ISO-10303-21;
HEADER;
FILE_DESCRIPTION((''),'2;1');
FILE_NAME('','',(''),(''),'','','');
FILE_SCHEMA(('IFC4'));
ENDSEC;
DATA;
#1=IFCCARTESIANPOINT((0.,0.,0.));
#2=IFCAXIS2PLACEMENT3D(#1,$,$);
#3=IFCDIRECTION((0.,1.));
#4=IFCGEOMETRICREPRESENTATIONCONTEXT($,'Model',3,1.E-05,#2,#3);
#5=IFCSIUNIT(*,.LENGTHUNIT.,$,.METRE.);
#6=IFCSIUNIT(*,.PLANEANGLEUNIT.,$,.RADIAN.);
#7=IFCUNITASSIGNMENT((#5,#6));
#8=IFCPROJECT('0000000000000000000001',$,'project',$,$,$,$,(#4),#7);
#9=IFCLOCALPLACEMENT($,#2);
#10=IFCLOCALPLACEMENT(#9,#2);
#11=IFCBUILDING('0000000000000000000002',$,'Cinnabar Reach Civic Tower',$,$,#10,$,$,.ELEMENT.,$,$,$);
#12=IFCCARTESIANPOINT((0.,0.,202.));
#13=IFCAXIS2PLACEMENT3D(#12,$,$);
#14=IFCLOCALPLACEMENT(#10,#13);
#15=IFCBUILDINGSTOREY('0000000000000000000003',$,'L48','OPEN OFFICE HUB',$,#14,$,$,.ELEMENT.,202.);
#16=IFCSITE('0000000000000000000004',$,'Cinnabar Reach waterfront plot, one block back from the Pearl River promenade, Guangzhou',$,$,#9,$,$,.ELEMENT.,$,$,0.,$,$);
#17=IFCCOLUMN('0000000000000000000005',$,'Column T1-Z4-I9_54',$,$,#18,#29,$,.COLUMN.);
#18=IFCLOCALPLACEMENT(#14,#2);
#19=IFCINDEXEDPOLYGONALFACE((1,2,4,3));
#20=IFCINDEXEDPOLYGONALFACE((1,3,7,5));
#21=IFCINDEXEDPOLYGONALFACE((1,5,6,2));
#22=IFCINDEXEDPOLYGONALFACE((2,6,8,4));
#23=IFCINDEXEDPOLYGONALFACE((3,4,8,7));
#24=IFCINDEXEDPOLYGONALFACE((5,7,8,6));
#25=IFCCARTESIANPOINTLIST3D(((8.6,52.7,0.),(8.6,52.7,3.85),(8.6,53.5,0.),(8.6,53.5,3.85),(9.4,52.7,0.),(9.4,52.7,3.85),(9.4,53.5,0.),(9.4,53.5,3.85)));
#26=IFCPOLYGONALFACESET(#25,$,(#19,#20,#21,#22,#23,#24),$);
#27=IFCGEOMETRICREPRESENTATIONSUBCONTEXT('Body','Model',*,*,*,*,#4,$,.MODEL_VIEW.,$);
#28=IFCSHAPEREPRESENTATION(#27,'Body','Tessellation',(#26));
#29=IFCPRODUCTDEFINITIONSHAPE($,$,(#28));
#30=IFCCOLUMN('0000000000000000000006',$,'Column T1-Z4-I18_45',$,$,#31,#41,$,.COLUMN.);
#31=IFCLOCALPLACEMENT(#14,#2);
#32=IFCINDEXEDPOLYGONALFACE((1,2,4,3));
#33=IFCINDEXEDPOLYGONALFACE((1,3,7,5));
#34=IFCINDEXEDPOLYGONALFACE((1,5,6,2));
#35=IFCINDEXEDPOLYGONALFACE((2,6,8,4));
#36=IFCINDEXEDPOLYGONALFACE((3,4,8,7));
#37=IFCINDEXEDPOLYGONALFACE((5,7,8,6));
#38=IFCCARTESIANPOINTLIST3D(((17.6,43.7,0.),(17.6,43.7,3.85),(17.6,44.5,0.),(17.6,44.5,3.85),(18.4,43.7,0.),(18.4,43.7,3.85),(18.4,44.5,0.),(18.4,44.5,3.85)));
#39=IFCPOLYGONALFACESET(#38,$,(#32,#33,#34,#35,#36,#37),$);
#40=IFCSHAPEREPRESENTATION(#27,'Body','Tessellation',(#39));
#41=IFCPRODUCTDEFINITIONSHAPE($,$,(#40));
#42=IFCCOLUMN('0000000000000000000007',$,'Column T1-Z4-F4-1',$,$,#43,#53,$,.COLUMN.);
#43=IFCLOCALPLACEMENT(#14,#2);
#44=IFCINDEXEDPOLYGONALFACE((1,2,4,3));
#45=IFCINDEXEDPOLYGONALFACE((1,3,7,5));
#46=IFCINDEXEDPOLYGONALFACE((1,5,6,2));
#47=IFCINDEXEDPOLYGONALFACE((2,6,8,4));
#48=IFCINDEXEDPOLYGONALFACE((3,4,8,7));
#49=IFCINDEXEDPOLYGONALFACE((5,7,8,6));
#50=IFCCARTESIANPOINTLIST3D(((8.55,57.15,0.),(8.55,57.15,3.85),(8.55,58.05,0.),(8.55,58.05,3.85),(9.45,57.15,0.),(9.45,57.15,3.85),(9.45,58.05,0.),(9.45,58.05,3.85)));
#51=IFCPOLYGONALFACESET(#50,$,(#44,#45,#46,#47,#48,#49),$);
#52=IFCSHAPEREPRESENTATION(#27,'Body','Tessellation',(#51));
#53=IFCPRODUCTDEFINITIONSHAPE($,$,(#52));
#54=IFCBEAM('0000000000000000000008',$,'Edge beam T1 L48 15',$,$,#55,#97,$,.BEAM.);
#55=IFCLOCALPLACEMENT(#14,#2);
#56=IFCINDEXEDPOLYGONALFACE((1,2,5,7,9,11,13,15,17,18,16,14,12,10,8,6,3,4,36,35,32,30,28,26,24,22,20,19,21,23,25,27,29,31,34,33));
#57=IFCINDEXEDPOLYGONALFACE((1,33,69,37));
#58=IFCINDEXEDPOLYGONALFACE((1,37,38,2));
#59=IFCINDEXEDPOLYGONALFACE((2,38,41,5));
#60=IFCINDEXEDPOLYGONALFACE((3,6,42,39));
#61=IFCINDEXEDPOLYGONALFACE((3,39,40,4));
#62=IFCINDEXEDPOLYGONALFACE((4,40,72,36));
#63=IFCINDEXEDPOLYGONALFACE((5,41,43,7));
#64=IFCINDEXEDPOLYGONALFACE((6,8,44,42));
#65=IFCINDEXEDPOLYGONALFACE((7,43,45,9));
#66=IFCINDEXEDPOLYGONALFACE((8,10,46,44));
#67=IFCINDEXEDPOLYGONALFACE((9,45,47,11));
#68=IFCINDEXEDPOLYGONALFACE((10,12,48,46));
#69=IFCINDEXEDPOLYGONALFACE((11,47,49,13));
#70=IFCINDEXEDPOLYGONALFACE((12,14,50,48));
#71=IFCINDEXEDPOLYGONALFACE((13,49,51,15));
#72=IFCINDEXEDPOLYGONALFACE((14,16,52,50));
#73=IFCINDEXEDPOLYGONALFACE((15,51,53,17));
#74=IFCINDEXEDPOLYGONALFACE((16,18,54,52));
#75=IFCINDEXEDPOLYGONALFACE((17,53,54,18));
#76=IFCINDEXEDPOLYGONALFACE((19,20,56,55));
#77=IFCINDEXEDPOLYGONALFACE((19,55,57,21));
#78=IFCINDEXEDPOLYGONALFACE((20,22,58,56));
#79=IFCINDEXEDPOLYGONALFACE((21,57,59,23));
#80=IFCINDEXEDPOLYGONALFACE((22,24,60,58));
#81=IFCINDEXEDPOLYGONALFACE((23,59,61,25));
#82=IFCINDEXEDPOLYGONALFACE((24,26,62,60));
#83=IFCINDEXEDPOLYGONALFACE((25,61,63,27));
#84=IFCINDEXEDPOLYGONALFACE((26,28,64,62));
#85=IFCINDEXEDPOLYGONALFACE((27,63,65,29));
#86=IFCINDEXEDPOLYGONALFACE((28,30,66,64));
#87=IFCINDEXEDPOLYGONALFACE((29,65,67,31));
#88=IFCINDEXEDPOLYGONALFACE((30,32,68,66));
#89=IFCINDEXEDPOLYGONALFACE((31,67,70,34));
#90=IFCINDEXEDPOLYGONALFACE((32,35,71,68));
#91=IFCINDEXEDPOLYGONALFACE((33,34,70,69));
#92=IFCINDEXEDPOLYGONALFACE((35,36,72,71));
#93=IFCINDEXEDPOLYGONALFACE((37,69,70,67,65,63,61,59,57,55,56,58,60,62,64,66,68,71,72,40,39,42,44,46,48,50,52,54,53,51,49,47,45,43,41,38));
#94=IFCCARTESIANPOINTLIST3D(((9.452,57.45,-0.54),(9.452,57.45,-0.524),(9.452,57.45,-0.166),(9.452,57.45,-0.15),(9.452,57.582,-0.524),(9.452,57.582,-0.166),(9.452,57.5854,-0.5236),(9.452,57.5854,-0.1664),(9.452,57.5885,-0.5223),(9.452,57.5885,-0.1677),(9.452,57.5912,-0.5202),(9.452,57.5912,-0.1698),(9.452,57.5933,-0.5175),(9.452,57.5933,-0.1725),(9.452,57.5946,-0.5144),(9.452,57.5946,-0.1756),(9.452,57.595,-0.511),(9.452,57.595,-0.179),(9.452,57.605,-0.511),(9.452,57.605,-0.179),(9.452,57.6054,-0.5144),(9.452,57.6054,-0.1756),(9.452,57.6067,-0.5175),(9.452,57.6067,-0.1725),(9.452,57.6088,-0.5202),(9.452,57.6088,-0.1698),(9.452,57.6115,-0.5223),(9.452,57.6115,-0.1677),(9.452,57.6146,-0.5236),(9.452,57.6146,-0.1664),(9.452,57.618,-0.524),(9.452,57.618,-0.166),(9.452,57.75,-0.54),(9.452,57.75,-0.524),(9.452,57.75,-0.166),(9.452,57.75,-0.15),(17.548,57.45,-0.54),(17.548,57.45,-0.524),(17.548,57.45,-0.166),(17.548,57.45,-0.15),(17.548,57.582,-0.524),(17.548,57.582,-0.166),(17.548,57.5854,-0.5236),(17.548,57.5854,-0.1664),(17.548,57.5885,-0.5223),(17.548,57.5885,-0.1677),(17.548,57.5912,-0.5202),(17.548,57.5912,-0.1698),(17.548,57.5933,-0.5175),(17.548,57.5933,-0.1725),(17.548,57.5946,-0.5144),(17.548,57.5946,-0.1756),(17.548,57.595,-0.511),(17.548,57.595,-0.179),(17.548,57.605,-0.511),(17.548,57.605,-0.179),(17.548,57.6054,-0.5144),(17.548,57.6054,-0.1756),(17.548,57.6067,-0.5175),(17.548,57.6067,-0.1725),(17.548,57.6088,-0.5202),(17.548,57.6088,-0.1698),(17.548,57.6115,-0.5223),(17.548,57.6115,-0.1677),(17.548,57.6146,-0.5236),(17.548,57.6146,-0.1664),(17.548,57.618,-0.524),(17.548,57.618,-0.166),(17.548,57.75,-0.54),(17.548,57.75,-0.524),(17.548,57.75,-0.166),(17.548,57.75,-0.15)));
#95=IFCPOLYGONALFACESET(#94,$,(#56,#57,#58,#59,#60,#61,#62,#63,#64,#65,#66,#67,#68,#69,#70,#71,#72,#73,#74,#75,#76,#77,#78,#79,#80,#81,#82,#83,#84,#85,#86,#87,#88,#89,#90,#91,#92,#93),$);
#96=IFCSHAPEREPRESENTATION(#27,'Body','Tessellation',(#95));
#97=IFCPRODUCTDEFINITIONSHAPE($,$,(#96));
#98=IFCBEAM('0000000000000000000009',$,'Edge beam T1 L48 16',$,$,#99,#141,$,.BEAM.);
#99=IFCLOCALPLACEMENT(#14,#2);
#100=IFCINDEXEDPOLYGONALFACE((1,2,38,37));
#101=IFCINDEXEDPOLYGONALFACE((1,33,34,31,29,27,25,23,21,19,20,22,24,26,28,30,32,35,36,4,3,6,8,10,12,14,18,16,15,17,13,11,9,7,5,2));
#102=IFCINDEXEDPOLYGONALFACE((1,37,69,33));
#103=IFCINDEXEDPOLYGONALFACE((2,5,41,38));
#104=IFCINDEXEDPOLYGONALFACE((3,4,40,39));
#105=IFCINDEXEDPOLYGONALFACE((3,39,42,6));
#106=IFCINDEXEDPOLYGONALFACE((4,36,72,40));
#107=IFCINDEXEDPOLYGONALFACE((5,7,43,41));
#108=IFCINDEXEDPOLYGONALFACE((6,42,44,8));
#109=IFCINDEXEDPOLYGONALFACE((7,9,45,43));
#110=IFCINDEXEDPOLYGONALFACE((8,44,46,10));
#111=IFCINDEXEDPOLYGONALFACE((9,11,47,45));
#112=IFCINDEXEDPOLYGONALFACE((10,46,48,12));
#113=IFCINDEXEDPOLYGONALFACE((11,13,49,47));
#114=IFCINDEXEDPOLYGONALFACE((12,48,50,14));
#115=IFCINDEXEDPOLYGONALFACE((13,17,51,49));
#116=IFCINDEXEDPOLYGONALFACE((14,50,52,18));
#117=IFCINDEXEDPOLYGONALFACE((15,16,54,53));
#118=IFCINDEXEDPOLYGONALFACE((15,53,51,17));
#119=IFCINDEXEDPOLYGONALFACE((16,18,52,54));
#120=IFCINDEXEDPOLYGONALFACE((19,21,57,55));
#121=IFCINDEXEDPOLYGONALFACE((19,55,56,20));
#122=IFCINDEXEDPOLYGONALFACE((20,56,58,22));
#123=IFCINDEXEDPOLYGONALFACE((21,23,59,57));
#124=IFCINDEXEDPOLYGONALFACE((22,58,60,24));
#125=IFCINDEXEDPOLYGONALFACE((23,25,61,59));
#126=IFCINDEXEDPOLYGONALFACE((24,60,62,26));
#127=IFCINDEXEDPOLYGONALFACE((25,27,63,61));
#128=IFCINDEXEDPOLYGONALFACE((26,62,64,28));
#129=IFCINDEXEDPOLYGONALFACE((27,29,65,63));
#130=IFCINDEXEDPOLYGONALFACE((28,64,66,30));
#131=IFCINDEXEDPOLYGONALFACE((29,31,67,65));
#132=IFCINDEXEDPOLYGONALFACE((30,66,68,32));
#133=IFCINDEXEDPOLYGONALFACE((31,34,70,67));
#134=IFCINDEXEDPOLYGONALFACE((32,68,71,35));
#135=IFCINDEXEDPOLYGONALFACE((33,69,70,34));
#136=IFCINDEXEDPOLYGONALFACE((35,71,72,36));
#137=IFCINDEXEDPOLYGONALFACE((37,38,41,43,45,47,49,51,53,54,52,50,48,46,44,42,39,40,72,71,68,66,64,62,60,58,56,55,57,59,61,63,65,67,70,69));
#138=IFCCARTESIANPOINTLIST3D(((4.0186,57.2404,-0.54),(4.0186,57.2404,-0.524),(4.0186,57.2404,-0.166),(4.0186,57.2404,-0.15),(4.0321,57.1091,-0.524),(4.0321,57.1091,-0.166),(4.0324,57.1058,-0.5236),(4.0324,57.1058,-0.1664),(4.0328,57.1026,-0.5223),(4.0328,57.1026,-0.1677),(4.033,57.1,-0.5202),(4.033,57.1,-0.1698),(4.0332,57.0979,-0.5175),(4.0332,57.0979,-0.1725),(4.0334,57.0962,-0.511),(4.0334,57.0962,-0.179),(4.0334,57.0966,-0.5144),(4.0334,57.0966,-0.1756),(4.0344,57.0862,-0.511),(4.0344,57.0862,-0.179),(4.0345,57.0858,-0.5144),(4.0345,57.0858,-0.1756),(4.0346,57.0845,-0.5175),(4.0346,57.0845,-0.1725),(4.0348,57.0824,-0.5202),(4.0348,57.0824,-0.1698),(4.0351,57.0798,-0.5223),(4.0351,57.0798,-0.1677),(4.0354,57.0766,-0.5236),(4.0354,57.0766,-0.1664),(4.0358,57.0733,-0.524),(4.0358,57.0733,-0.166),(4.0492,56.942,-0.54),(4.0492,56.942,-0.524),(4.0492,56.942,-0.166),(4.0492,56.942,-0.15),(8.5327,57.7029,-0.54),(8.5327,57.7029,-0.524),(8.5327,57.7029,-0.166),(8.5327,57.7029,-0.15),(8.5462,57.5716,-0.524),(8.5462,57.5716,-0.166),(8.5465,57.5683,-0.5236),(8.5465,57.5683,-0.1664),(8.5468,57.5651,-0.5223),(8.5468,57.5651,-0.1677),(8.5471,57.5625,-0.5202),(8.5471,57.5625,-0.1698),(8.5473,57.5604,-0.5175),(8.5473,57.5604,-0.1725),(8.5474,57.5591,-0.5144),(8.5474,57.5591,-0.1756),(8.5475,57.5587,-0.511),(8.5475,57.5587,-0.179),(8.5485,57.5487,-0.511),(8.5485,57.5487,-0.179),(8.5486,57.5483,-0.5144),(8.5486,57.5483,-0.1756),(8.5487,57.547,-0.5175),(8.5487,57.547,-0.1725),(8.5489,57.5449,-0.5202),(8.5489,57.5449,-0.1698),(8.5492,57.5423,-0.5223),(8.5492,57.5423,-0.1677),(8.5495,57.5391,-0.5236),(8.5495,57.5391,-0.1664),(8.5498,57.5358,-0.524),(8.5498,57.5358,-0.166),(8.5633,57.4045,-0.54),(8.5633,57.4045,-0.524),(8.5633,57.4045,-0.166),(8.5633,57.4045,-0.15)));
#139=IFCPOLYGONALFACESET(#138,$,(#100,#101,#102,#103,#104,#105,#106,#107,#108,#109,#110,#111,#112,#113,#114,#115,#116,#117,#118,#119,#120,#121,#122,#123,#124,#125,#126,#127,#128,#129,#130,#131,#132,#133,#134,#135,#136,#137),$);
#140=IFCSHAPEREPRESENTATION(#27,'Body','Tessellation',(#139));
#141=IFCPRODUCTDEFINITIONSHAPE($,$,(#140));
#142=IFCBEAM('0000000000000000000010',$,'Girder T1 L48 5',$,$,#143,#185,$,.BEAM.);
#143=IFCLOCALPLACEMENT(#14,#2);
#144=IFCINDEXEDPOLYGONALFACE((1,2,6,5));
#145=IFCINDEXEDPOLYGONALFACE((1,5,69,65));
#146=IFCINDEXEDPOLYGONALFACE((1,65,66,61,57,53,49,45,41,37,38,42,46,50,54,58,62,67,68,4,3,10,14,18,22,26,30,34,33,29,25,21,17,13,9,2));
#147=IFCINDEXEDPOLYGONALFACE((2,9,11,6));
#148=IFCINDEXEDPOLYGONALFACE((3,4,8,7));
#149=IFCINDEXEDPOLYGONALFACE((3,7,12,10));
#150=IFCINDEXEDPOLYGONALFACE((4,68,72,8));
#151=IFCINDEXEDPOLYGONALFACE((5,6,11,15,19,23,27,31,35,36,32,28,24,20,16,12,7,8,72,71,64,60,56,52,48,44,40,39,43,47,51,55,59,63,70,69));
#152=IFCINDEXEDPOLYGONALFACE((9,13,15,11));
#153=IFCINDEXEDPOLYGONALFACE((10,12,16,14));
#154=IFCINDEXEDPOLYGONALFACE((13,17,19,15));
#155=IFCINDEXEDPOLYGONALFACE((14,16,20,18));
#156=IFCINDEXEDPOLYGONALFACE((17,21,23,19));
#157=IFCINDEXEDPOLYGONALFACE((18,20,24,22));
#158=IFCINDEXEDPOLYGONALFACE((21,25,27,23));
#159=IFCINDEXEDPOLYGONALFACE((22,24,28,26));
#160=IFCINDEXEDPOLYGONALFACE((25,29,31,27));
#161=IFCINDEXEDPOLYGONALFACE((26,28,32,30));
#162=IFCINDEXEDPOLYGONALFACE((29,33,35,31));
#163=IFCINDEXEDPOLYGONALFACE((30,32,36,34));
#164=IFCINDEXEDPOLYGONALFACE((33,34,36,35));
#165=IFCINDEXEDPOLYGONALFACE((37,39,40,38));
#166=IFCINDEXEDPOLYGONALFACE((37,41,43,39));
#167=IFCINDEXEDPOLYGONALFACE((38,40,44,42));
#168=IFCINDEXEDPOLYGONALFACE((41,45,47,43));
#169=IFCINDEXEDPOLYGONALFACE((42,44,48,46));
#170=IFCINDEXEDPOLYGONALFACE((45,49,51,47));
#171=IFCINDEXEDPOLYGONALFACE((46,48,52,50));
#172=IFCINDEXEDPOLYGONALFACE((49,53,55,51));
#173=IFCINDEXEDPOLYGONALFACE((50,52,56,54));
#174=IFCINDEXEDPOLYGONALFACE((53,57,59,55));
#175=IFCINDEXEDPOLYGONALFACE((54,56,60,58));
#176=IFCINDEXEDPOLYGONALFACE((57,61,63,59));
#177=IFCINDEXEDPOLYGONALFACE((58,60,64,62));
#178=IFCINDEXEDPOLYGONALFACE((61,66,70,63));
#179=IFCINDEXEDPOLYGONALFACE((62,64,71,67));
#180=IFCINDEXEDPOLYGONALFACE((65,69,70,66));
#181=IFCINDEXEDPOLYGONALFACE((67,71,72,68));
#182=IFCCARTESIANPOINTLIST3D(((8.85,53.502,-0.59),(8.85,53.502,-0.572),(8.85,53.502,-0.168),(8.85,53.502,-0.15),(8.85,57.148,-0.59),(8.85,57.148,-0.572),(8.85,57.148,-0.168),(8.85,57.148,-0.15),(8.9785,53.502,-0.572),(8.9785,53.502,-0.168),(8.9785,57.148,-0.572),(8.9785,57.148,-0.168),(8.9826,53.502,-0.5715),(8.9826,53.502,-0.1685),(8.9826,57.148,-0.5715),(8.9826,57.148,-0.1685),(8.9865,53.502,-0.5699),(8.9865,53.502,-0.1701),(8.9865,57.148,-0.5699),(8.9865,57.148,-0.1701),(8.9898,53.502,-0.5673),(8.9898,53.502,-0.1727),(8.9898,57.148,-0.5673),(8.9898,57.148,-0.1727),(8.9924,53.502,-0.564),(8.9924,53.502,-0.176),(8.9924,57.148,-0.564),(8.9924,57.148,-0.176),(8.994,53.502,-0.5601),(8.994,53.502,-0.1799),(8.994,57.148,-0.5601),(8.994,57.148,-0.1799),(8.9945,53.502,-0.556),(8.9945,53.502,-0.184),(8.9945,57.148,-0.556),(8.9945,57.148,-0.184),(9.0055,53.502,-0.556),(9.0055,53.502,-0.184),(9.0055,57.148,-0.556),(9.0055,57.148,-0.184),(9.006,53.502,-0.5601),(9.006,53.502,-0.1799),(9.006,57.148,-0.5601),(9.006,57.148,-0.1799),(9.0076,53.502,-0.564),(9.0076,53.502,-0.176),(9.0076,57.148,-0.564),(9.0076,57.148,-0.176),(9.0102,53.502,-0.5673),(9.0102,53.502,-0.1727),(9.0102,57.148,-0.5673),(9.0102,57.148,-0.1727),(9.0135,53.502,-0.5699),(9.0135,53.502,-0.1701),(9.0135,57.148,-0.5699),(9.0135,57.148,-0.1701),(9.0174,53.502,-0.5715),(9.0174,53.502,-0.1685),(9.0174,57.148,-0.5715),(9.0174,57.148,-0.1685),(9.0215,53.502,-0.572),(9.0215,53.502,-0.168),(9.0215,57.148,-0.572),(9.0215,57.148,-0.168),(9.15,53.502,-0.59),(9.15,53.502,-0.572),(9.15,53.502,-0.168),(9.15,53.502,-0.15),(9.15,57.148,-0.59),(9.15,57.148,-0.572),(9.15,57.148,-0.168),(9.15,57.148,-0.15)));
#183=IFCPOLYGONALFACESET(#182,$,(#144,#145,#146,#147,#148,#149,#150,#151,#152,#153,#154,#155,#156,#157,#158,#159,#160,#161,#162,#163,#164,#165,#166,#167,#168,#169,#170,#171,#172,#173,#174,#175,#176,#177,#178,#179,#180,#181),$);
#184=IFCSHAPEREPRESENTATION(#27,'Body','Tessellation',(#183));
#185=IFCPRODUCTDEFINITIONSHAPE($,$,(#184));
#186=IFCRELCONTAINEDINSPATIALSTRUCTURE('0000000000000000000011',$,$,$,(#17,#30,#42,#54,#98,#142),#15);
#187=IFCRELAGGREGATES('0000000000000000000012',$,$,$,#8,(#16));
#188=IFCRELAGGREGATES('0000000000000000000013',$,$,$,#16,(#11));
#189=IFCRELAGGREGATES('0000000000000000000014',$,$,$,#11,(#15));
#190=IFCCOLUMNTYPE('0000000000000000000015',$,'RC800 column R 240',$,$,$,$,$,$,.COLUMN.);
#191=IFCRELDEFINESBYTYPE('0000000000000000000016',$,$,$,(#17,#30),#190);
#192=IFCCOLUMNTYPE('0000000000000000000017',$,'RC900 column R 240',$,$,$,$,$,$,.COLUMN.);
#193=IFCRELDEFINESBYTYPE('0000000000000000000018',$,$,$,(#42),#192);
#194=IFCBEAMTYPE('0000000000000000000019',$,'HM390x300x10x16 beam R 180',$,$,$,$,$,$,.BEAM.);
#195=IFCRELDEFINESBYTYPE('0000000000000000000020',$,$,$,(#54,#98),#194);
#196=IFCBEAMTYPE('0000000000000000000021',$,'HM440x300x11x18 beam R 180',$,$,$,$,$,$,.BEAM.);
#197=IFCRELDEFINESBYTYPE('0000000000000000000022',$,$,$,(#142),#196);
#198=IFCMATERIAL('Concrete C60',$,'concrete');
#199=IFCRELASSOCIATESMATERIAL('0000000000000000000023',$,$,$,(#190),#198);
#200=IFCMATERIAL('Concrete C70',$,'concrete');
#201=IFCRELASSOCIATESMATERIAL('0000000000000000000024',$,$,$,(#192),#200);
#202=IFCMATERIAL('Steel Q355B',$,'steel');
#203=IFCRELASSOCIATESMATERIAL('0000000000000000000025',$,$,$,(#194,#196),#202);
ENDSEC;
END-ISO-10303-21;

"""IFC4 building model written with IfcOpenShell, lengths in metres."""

from ifc_helpers import new_model, si_unit, direction, frame, origin, origin_2d, place, context, subcontext, project, spatial, rectangle, i_section, extrude, material, material_profile, profile_set, type_object, element, save


model = new_model("IFC4")

# Units and contexts
model_context = context("Model", 3, precision=1e-05, world=origin(), true_north=direction((0.0, 1.0)))
body_context = subcontext(model_context, "Body", "Model", "MODEL_VIEW")
ifc_project = project(units=[si_unit("LENGTHUNIT", "METRE"), si_unit("PLANEANGLEUNIT", "RADIAN")], contexts=[model_context])

# Site, building, storey
site_placement = place(None, origin())
site = spatial("IfcSite", under=ifc_project, at=site_placement, Name="Cinnabar Reach waterfront plot, one block back from the Pearl River promenade, Guangzhou", CompositionType="ELEMENT", RefElevation=0.0)
building_placement = place(site_placement, origin())
building = spatial("IfcBuilding", under=site, at=building_placement, Name="Cinnabar Reach Civic Tower", CompositionType="ELEMENT")
storey_placement = place(building_placement, frame((0.0, 0.0, 202.0)))
storey = spatial("IfcBuildingStorey", under=building, at=storey_placement, Name="L48", Description="OPEN OFFICE HUB", CompositionType="ELEMENT", Elevation=202.0)

# Columns
ifc_material_1 = material(Name="Concrete C60", Category="concrete")
ifc_material_profile_1 = material_profile(ifc_material_1, rectangle(XDim=0.8, YDim=0.8, at=origin_2d()), Name="RC800")
ifc_profile_set_1 = profile_set([ifc_material_profile_1], Name="Concrete C60")
column_type_1 = type_object("IfcColumnType", Name="RC800 column R 240", PredefinedType="COLUMN", material=ifc_profile_set_1)
for number, where, z_axis, x_axis, name in (
    (1, (9.0, 53.1, 0.0), (0.0, 0.0, 1.0), (1.0, 0.0, 0.0), "Column T1-Z4-I9_54"),
    (2, (18.0, 44.1, 0.0), (0.0, 0.0, 1.0), (1.0, 0.0, 0.0), "Column T1-Z4-I18_45"),
):
    element("IfcColumn", number, at=place(storey_placement, frame(where, z_axis=z_axis, x_axis=x_axis)), inside=storey, type_object=column_type_1, Name=name, PredefinedType="COLUMN", context=body_context, shape_type="SweptSolid", body=[
        extrude(rectangle(XDim=0.8, YDim=0.8, at=origin_2d()), origin(), (0.0, 0.0, 1.0), 3.85),
    ])
ifc_material_2 = material(Name="Concrete C70", Category="concrete")
ifc_material_profile_2 = material_profile(ifc_material_2, rectangle(XDim=0.9, YDim=0.9, at=origin_2d()), Name="RC900")
ifc_profile_set_2 = profile_set([ifc_material_profile_2], Name="Concrete C70")
column_type_2 = type_object("IfcColumnType", Name="RC900 column R 240", PredefinedType="COLUMN", material=ifc_profile_set_2)
column_placement = place(storey_placement, frame((9.0, 57.6, 0.0), z_axis=(0.0, 0.0, 1.0), x_axis=(1.0, 0.0, 0.0)))
element("IfcColumn", 3, at=column_placement, inside=storey, type_object=column_type_2, Name="Column T1-Z4-F4-1", PredefinedType="COLUMN", context=body_context, shape_type="SweptSolid", body=[
    extrude(rectangle(XDim=0.9, YDim=0.9, at=origin_2d()), origin(), (0.0, 0.0, 1.0), 3.85),
])

# Beams
ifc_material_3 = material(Name="Steel Q355B", Category="steel")
ifc_material_profile_3 = material_profile(ifc_material_3, i_section(OverallWidth=0.3, OverallDepth=0.39, WebThickness=0.01, FlangeThickness=0.016, FilletRadius=0.013, at=origin_2d()), Name="HM390x300x10x16")
ifc_profile_set_3 = profile_set([ifc_material_profile_3], Name="Steel Q355B")
beam_type_1 = type_object("IfcBeamType", Name="HM390x300x10x16 beam R 180", PredefinedType="BEAM", material=ifc_profile_set_3)
beam_1_placement = place(storey_placement, frame((17.548, 57.6, -0.345), z_axis=(-1.0, 0.0, 0.0), x_axis=(0.0, -1.0, 0.0)))
element("IfcBeam", 4, at=beam_1_placement, inside=storey, type_object=beam_type_1, Name="Edge beam T1 L48 15", PredefinedType="BEAM", context=body_context, shape_type="SweptSolid", body=[
    extrude(i_section(OverallWidth=0.3, OverallDepth=0.39, WebThickness=0.01, FlangeThickness=0.016, FilletRadius=0.013, at=origin_2d()), origin(), (0.0, 0.0, 1.0), 8.096),
])
beam_2_placement = place(storey_placement, frame((8.548, 57.5537, -0.345), z_axis=(-0.994792, -0.101923, 0.0), x_axis=(0.101923, -0.994792, 0.0)))
element("IfcBeam", 5, at=beam_2_placement, inside=storey, type_object=beam_type_1, Name="Edge beam T1 L48 16", PredefinedType="BEAM", context=body_context, shape_type="SweptSolid", body=[
    extrude(i_section(OverallWidth=0.3, OverallDepth=0.39, WebThickness=0.01, FlangeThickness=0.016, FilletRadius=0.013, at=origin_2d()), origin(), (0.0, 0.0, 1.0), 4.5377),
])
ifc_material_profile_4 = material_profile(ifc_material_3, i_section(OverallWidth=0.3, OverallDepth=0.44, WebThickness=0.011, FlangeThickness=0.018, FilletRadius=0.016, at=origin_2d()), Name="HM440x300x11x18")
ifc_profile_set_4 = profile_set([ifc_material_profile_4], Name="Steel Q355B")
beam_type_2 = type_object("IfcBeamType", Name="HM440x300x11x18 beam R 180", PredefinedType="BEAM", material=ifc_profile_set_4)
beam_3_placement = place(storey_placement, frame((9.0, 53.502, -0.37), z_axis=(0.0, 1.0, 0.0), x_axis=(-1.0, 0.0, 0.0)))
element("IfcBeam", 6, at=beam_3_placement, inside=storey, type_object=beam_type_2, Name="Girder T1 L48 5", PredefinedType="BEAM", context=body_context, shape_type="SweptSolid", body=[
    extrude(i_section(OverallWidth=0.3, OverallDepth=0.44, WebThickness=0.011, FlangeThickness=0.018, FilletRadius=0.016, at=origin_2d()), origin(), (0.0, 0.0, 1.0), 3.646),
])

save(model, "model.ifc")
